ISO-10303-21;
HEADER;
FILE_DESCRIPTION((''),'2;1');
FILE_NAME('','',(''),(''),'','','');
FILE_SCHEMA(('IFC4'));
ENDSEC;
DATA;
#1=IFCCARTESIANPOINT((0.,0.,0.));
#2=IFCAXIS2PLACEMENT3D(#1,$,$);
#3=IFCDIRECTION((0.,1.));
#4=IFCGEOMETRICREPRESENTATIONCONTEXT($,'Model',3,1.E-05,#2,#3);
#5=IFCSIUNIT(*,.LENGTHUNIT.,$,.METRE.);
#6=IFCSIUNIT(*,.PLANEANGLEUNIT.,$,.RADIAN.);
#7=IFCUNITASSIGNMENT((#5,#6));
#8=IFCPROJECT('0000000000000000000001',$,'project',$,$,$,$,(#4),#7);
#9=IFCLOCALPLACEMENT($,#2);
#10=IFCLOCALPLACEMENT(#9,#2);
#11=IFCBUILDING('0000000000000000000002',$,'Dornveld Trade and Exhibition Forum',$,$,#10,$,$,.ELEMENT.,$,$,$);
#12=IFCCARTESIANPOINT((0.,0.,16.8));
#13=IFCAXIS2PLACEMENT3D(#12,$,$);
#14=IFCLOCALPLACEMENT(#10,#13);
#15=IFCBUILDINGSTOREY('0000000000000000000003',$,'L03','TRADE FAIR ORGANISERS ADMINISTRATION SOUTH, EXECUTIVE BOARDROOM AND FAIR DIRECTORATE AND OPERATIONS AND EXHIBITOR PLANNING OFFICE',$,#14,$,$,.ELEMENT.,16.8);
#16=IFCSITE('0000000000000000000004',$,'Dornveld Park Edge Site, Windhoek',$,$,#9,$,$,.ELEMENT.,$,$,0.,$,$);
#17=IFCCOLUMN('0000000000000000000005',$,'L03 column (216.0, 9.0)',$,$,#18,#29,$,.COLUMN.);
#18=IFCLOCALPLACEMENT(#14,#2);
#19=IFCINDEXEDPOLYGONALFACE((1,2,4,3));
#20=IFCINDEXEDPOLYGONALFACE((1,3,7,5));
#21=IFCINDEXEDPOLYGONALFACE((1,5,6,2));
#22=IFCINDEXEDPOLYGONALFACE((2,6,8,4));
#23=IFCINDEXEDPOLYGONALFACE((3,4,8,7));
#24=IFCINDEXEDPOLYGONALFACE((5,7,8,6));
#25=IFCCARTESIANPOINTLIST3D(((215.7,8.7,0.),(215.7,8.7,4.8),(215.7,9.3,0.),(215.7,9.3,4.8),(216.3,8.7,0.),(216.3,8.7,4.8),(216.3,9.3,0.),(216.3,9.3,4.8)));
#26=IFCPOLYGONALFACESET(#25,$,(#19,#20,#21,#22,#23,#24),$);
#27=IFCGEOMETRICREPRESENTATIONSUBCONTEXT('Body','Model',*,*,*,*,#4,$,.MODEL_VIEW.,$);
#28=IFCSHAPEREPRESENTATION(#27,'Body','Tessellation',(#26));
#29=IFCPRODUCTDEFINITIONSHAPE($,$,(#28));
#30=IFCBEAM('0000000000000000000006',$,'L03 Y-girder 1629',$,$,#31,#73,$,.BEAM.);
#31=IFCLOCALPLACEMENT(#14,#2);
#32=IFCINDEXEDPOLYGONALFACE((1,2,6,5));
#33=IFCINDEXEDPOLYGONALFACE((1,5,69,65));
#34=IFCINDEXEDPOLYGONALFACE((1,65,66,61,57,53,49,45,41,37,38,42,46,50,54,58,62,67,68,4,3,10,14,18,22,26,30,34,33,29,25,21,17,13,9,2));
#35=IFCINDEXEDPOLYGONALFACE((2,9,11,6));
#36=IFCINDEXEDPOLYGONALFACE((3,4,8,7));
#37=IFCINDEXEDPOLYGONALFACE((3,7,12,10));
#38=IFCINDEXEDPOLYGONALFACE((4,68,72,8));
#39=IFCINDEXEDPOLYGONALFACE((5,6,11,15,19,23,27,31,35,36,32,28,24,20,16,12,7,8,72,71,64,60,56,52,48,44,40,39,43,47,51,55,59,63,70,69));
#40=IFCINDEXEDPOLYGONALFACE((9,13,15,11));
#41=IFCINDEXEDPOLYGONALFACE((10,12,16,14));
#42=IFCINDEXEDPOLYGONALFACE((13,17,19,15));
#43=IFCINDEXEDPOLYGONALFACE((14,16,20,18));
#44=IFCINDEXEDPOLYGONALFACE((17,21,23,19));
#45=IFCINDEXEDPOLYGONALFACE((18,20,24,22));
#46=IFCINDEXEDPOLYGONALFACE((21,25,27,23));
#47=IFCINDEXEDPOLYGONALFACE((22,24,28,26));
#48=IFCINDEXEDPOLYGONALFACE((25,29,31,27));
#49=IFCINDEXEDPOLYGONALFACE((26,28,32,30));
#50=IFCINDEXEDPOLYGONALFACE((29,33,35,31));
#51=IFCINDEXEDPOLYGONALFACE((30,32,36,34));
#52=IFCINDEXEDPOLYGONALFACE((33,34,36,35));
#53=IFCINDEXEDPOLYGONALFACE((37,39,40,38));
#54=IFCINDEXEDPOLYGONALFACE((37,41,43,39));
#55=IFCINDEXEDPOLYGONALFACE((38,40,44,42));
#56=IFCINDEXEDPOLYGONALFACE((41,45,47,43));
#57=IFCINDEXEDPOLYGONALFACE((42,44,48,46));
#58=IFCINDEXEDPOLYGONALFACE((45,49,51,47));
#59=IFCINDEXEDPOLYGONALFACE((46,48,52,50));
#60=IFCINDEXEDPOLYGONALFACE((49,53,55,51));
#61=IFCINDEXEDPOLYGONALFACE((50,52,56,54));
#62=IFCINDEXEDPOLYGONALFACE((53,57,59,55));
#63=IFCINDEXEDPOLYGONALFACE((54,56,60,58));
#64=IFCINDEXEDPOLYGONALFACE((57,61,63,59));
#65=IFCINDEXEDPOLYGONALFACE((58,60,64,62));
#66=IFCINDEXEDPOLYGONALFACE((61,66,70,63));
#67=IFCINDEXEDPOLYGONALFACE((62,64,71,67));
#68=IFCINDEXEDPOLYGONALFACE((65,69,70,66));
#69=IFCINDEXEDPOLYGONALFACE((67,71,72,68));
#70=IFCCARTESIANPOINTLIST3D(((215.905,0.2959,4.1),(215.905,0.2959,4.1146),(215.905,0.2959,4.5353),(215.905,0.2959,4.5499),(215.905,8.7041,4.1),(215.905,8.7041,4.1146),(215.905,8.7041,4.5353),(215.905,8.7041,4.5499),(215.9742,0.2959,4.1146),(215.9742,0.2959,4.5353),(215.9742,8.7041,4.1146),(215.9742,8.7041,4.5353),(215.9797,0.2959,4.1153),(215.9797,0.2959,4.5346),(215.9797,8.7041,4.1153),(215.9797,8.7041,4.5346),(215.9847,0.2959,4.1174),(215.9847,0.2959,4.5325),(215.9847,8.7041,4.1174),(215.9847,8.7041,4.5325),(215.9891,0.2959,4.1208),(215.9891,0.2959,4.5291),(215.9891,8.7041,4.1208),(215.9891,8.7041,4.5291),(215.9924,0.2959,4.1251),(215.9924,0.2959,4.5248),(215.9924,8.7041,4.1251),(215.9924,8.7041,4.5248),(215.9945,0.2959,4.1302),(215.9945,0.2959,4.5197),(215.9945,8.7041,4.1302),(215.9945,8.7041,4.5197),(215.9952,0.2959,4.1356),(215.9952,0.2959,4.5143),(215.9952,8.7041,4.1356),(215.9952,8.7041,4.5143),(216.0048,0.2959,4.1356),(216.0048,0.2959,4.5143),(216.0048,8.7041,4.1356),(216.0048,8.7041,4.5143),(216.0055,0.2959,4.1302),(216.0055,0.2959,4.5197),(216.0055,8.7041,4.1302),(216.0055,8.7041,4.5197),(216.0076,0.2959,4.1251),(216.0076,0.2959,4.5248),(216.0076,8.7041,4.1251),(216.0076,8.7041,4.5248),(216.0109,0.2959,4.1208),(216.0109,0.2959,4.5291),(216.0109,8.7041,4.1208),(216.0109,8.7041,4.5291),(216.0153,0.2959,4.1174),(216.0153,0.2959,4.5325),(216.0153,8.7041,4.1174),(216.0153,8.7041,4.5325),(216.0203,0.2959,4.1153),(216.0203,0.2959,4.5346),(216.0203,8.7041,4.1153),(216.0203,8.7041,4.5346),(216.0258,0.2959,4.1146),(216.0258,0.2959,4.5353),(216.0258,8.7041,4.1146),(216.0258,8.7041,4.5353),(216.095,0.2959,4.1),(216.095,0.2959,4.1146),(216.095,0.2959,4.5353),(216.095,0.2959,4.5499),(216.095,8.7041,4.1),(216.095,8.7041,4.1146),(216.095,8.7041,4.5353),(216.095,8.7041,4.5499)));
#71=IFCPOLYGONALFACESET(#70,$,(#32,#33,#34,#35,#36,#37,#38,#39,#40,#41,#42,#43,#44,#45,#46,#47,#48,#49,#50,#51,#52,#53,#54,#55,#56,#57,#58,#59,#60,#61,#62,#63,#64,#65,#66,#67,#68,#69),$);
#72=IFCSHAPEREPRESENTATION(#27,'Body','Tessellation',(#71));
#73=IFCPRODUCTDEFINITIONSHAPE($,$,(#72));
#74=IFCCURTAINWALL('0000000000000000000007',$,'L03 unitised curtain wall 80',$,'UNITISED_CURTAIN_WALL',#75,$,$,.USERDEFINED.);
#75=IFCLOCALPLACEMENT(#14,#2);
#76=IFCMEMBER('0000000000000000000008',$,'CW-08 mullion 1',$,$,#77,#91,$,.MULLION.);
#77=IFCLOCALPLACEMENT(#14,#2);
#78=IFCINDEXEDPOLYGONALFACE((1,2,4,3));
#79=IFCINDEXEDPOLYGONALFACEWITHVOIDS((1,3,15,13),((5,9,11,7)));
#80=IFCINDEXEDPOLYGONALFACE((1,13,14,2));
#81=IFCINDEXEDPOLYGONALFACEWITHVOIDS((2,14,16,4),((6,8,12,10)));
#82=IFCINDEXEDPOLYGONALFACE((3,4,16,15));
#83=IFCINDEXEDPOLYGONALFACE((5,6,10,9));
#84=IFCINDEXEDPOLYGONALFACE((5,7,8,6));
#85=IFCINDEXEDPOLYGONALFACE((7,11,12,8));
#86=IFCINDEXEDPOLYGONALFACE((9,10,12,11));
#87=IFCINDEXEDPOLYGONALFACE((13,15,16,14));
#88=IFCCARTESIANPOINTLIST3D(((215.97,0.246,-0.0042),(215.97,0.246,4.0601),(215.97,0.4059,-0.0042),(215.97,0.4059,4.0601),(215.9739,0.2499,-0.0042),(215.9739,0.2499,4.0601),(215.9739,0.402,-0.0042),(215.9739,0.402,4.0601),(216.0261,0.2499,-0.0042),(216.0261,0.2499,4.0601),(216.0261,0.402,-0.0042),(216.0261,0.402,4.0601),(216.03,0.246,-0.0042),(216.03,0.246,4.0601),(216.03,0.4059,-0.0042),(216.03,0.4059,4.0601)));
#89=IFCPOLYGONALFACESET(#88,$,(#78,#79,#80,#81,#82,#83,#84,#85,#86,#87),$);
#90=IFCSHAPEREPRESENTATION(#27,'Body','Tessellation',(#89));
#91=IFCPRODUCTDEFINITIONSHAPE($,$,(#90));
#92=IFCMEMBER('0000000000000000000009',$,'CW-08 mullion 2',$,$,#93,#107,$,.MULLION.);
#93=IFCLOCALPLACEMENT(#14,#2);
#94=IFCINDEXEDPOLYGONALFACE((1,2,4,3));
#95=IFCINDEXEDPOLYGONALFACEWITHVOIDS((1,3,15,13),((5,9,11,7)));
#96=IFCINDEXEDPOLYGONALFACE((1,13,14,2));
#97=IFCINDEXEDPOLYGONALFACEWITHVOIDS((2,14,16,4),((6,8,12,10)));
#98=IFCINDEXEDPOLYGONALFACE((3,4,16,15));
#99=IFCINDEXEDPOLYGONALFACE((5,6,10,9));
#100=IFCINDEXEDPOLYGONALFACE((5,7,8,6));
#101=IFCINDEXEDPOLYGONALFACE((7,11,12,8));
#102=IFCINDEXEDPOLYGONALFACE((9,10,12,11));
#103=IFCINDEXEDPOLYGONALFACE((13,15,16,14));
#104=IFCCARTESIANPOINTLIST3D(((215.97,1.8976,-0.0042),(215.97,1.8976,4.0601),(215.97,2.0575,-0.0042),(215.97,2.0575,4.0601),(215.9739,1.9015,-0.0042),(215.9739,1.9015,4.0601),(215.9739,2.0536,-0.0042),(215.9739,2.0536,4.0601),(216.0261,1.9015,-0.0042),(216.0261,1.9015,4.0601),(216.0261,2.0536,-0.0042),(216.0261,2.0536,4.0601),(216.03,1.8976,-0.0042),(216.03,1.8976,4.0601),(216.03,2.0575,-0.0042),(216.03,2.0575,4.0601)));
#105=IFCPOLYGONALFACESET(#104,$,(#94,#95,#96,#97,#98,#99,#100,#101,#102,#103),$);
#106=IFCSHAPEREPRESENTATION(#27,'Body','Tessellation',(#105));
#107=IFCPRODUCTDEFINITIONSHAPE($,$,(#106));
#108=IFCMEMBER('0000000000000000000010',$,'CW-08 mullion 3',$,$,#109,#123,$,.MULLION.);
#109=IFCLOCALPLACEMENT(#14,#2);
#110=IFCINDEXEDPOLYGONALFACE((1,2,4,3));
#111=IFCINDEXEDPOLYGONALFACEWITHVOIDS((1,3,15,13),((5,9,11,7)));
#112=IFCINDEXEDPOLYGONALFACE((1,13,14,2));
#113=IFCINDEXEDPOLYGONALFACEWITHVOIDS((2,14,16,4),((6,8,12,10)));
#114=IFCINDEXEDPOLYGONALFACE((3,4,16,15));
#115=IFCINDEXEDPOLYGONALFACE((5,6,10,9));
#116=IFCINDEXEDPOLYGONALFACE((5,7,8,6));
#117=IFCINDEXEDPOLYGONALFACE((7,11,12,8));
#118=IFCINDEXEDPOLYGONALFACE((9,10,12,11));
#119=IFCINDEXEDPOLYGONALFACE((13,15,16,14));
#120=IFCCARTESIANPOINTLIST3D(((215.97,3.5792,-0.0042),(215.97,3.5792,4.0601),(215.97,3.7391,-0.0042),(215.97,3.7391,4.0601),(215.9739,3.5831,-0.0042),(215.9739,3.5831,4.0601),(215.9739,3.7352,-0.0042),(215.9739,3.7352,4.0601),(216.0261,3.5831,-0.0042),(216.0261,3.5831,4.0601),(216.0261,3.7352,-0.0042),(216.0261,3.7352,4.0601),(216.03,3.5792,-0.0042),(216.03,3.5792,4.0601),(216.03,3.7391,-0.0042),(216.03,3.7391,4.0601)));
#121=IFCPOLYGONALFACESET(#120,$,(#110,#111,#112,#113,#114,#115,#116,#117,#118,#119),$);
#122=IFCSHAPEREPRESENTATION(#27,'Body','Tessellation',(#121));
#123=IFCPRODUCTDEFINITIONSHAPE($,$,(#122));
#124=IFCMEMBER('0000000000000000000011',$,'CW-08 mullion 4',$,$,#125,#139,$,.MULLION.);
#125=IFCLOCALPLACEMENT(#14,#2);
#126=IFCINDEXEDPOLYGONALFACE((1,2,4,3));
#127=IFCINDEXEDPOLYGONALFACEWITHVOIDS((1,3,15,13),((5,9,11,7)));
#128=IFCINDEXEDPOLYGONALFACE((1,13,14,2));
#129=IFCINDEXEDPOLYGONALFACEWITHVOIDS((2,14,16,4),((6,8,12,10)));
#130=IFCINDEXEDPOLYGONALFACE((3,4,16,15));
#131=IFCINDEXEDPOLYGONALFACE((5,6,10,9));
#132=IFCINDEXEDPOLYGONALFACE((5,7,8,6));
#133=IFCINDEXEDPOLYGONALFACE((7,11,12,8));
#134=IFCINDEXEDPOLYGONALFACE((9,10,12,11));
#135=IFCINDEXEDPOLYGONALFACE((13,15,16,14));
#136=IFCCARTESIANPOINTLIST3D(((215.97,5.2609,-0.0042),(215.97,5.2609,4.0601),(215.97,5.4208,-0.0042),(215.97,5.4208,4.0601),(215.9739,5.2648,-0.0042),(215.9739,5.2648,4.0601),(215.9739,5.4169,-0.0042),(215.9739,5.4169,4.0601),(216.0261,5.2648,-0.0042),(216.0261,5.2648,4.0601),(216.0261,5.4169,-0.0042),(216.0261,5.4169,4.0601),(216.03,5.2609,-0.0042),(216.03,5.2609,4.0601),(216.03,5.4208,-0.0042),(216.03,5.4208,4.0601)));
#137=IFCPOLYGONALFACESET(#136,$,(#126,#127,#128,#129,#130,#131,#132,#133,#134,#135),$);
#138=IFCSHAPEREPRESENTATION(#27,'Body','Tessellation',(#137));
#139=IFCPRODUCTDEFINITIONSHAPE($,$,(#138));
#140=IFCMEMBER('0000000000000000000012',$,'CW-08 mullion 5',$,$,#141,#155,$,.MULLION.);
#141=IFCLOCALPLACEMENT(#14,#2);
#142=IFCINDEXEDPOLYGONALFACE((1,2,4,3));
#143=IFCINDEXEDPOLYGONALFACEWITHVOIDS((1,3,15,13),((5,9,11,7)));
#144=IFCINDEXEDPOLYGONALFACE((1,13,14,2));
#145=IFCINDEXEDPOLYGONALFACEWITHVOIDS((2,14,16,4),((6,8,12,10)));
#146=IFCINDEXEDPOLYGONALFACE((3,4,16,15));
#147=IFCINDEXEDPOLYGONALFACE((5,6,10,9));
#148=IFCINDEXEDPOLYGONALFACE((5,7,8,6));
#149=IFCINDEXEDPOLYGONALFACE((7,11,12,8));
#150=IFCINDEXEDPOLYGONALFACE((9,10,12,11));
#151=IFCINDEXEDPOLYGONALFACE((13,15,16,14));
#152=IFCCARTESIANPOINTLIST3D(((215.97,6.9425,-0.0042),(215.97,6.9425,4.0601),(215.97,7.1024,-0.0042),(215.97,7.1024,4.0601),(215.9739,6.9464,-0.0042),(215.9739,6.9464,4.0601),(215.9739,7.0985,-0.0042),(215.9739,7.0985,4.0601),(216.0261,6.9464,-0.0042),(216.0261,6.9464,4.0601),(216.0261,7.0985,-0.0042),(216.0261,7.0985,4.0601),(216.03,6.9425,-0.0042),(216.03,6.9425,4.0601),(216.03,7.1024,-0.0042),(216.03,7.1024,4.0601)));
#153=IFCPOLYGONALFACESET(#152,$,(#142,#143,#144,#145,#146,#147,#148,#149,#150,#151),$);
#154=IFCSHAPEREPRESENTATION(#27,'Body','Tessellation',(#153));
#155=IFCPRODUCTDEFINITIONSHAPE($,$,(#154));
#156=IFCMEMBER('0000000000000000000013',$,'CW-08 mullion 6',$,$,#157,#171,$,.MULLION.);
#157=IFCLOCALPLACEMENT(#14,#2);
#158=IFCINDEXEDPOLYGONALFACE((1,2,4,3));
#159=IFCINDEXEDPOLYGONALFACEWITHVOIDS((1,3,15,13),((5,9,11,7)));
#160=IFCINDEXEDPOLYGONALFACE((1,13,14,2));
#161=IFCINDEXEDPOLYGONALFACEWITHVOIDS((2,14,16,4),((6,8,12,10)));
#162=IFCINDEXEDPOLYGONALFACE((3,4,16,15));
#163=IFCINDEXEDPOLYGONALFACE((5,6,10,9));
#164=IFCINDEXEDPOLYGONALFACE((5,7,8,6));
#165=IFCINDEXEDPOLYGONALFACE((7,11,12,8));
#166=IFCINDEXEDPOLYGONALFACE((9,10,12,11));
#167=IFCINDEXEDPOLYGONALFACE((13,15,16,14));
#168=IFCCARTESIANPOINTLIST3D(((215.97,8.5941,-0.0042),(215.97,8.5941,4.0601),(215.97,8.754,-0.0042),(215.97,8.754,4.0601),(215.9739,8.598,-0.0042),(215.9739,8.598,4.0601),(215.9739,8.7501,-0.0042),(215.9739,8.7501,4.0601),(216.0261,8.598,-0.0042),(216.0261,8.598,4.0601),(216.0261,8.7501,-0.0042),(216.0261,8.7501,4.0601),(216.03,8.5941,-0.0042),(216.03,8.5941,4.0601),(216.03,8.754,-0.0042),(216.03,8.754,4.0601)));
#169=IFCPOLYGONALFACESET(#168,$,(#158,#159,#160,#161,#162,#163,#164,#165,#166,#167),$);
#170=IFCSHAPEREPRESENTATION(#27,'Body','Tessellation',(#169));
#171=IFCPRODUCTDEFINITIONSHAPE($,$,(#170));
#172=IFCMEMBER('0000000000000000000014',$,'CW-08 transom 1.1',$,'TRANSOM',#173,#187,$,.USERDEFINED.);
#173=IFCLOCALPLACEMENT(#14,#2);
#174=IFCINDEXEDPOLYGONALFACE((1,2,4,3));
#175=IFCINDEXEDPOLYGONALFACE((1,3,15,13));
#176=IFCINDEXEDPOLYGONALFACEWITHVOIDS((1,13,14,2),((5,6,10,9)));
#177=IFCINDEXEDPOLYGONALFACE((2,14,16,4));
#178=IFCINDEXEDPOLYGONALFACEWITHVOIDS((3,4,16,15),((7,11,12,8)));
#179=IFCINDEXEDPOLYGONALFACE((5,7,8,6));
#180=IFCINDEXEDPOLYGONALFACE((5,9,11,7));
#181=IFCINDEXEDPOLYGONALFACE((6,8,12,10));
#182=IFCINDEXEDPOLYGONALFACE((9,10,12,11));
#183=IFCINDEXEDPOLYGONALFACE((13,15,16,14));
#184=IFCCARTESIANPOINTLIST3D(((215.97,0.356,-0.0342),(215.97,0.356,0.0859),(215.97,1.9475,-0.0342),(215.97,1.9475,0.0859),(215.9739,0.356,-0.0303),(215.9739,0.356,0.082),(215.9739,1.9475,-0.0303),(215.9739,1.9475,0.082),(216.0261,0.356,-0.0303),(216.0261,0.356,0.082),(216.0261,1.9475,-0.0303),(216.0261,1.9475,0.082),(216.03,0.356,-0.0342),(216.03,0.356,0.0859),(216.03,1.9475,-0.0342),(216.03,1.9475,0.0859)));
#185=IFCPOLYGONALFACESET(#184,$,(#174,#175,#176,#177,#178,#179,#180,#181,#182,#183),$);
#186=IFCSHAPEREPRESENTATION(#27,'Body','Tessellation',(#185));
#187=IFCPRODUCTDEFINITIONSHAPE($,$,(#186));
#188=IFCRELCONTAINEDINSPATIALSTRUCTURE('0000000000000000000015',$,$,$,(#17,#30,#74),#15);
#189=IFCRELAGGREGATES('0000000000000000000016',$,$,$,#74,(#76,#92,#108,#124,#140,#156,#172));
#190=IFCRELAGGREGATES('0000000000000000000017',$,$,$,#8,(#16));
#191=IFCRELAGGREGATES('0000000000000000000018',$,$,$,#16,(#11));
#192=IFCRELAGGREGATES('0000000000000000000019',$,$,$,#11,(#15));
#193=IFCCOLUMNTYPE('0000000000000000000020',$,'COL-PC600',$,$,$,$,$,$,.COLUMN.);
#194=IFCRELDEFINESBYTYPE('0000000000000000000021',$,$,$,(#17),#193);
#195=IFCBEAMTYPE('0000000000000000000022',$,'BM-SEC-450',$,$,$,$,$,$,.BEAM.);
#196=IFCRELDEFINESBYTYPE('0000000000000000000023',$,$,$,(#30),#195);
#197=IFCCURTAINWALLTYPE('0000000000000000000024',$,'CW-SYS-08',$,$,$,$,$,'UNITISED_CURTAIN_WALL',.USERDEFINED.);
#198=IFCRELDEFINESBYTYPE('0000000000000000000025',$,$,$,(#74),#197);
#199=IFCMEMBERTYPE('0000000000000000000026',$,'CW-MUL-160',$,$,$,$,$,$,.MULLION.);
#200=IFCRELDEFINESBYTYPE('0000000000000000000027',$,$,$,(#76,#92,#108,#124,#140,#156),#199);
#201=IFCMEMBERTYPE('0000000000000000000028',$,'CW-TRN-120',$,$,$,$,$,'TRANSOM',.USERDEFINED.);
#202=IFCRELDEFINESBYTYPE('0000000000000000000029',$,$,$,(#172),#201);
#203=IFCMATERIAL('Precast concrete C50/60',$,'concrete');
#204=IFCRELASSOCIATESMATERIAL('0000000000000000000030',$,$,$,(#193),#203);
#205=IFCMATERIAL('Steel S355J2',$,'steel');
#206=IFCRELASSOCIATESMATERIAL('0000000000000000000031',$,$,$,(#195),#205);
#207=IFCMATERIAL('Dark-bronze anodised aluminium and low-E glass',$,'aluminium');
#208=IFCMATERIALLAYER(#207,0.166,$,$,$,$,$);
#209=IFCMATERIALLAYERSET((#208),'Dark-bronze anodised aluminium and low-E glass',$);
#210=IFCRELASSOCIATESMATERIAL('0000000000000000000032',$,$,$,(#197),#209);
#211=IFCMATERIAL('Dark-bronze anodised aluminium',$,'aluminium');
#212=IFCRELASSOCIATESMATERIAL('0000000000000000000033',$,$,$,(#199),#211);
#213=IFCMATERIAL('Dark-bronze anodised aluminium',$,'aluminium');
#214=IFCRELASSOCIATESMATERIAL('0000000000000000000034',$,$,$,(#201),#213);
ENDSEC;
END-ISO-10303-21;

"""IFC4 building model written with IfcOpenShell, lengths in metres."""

from ifc_helpers import new_model, si_unit, direction, frame, origin, origin_2d, place, context, subcontext, project, spatial, rectangle, hollow_rectangle, i_section, extrude, material, layer, layer_set, material_profile, profile_set, type_object, element, aggregate, save


model = new_model("IFC4")

# Units and contexts
model_context = context("Model", 3, precision=1e-05, world=origin(), true_north=direction((0.0, 1.0)))
body_context = subcontext(model_context, "Body", "Model", "MODEL_VIEW")
ifc_project = project(units=[si_unit("LENGTHUNIT", "METRE"), si_unit("PLANEANGLEUNIT", "RADIAN")], contexts=[model_context])

# Site, building, storey
site_placement = place(None, origin())
site = spatial("IfcSite", under=ifc_project, at=site_placement, Name="Dornveld Park Edge Site, Windhoek", CompositionType="ELEMENT", RefElevation=0.0)
building_placement = place(site_placement, origin())
building = spatial("IfcBuilding", under=site, at=building_placement, Name="Dornveld Trade and Exhibition Forum", CompositionType="ELEMENT")
storey_placement = place(building_placement, frame((0.0, 0.0, 16.8)))
storey = spatial("IfcBuildingStorey", under=building, at=storey_placement, Name="L03", Description="TRADE FAIR ORGANISERS ADMINISTRATION SOUTH, EXECUTIVE BOARDROOM AND FAIR DIRECTORATE AND OPERATIONS AND EXHIBITOR PLANNING OFFICE", CompositionType="ELEMENT", Elevation=16.8)

# Column
ifc_material_1 = material(Name="Precast concrete C50/60", Category="concrete")
ifc_material_profile_1 = material_profile(ifc_material_1, rectangle(XDim=0.6001, YDim=0.6001, at=origin_2d()), Name="PC-COL 600x600")
ifc_profile_set_1 = profile_set([ifc_material_profile_1], Name="Precast concrete C50/60")
column_type = type_object("IfcColumnType", Name="COL-PC600", PredefinedType="COLUMN", material=ifc_profile_set_1)
column_placement = place(storey_placement, frame((216.0, 9.0, 0.0), z_axis=(0.0, 0.0, 1.0), x_axis=(1.0, 0.0, 0.0)))
element("IfcColumn", 1, at=column_placement, inside=storey, type_object=column_type, Name="L03 column (216.0, 9.0)", PredefinedType="COLUMN", context=body_context, shape_type="SweptSolid", body=[
    extrude(rectangle(XDim=0.6001, YDim=0.6001, at=origin_2d()), origin(), (0.0, 0.0, 1.0), 4.8),
])

# Beam
ifc_material_2 = material(Name="Steel S355J2", Category="steel")
ifc_material_profile_2 = material_profile(ifc_material_2, i_section(OverallWidth=0.1899, OverallDepth=0.45, WebThickness=0.0095, FlangeThickness=0.0146, FilletRadius=0.021, at=origin_2d()), Name="IPE 450")
ifc_profile_set_2 = profile_set([ifc_material_profile_2], Name="Steel S355J2")
beam_type = type_object("IfcBeamType", Name="BM-SEC-450", PredefinedType="BEAM", material=ifc_profile_set_2)
beam_placement = place(storey_placement, frame((216.0, 0.2959, 4.325), z_axis=(0.0, 1.0, 0.0), x_axis=(-1.0, 0.0, 0.0)))
element("IfcBeam", 2, at=beam_placement, inside=storey, type_object=beam_type, Name="L03 Y-girder 1629", PredefinedType="BEAM", context=body_context, shape_type="SweptSolid", body=[
    extrude(i_section(OverallWidth=0.1899, OverallDepth=0.45, WebThickness=0.0095, FlangeThickness=0.0146, FilletRadius=0.021, at=origin_2d()), origin(), (0.0, 0.0, 1.0), 8.4082),
])

# Curtain wall, members
ifc_material_3 = material(Name="Dark-bronze anodised aluminium and low-E glass", Category="aluminium")
ifc_layer_1 = layer(ifc_material_3, 0.166)
ifc_layer_set_1 = layer_set([ifc_layer_1], Name="Dark-bronze anodised aluminium and low-E glass")
curtain_wall_type = type_object("IfcCurtainWallType", Name="CW-SYS-08", ElementType="UNITISED_CURTAIN_WALL", PredefinedType="USERDEFINED", material=ifc_layer_set_1)
curtain_wall_placement = place(storey_placement, origin())
curtain_wall = element("IfcCurtainWall", 3, at=curtain_wall_placement, inside=storey, type_object=curtain_wall_type, Name="L03 unitised curtain wall 80", ObjectType="UNITISED_CURTAIN_WALL", PredefinedType="USERDEFINED")
ifc_material_4 = material(Name="Dark-bronze anodised aluminium", Category="aluminium")
ifc_material_profile_3 = material_profile(ifc_material_4, hollow_rectangle(XDim=0.0601, YDim=0.1599, WallThickness=0.0039, at=origin_2d()), Name="RHS 160x60x4")
ifc_profile_set_3 = profile_set([ifc_material_profile_3], Name="Dark-bronze anodised aluminium")
member_type_1 = type_object("IfcMemberType", Name="CW-MUL-160", PredefinedType="MULLION", material=ifc_profile_set_3)
member_1_placement = place(storey_placement, frame((216.0, 0.3259, -0.0042), z_axis=(0.0, 0.0, 1.0), x_axis=(-1.0, 0.0, 0.0)))
member_1 = element("IfcMember", 4, at=member_1_placement, type_object=member_type_1, Name="CW-08 mullion 1", PredefinedType="MULLION", context=body_context, shape_type="SweptSolid", body=[
    extrude(hollow_rectangle(XDim=0.0601, YDim=0.1599, WallThickness=0.0039, at=origin_2d()), origin(), (0.0, 0.0, 1.0), 4.0642),
])
member_2_placement = place(storey_placement, frame((216.0, 1.9775, -0.0042), z_axis=(0.0, 0.0, 1.0), x_axis=(-1.0, 0.0, 0.0)))
member_2 = element("IfcMember", 5, at=member_2_placement, type_object=member_type_1, Name="CW-08 mullion 2", PredefinedType="MULLION", context=body_context, shape_type="SweptSolid", body=[
    extrude(hollow_rectangle(XDim=0.0601, YDim=0.1599, WallThickness=0.0039, at=origin_2d()), origin(), (0.0, 0.0, 1.0), 4.0642),
])
member_3_placement = place(storey_placement, frame((216.0, 3.6592, -0.0042), z_axis=(0.0, 0.0, 1.0), x_axis=(-1.0, 0.0, 0.0)))
member_3 = element("IfcMember", 6, at=member_3_placement, type_object=member_type_1, Name="CW-08 mullion 3", PredefinedType="MULLION", context=body_context, shape_type="SweptSolid", body=[
    extrude(hollow_rectangle(XDim=0.0601, YDim=0.1599, WallThickness=0.0039, at=origin_2d()), origin(), (0.0, 0.0, 1.0), 4.0642),
])
member_4_placement = place(storey_placement, frame((216.0, 5.3408, -0.0042), z_axis=(0.0, 0.0, 1.0), x_axis=(-1.0, 0.0, 0.0)))
member_4 = element("IfcMember", 7, at=member_4_placement, type_object=member_type_1, Name="CW-08 mullion 4", PredefinedType="MULLION", context=body_context, shape_type="SweptSolid", body=[
    extrude(hollow_rectangle(XDim=0.0601, YDim=0.1599, WallThickness=0.0039, at=origin_2d()), origin(), (0.0, 0.0, 1.0), 4.0642),
])
member_5_placement = place(storey_placement, frame((216.0, 7.0225, -0.0042), z_axis=(0.0, 0.0, 1.0), x_axis=(-1.0, 0.0, 0.0)))
member_5 = element("IfcMember", 8, at=member_5_placement, type_object=member_type_1, Name="CW-08 mullion 5", PredefinedType="MULLION", context=body_context, shape_type="SweptSolid", body=[
    extrude(hollow_rectangle(XDim=0.0601, YDim=0.1599, WallThickness=0.0039, at=origin_2d()), origin(), (0.0, 0.0, 1.0), 4.0642),
])
member_6_placement = place(storey_placement, frame((216.0, 8.6741, -0.0042), z_axis=(0.0, 0.0, 1.0), x_axis=(-1.0, 0.0, 0.0)))
member_6 = element("IfcMember", 9, at=member_6_placement, type_object=member_type_1, Name="CW-08 mullion 6", PredefinedType="MULLION", context=body_context, shape_type="SweptSolid", body=[
    extrude(hollow_rectangle(XDim=0.0601, YDim=0.1599, WallThickness=0.0039, at=origin_2d()), origin(), (0.0, 0.0, 1.0), 4.0642),
])
ifc_material_5 = material(Name="Dark-bronze anodised aluminium", Category="aluminium")
ifc_material_profile_4 = material_profile(ifc_material_5, hollow_rectangle(XDim=0.0601, YDim=0.1201, WallThickness=0.0039, at=origin_2d()), Name="RHS 120x60x4")
ifc_profile_set_4 = profile_set([ifc_material_profile_4], Name="Dark-bronze anodised aluminium")
member_type_2 = type_object("IfcMemberType", Name="CW-TRN-120", ElementType="TRANSOM", PredefinedType="USERDEFINED", material=ifc_profile_set_4)
member_7_placement = place(storey_placement, frame((216.0, 0.356, 0.0259), z_axis=(0.0, 1.0, 0.0), x_axis=(-1.0, 0.0, 0.0)))
member_7 = element("IfcMember", 10, at=member_7_placement, type_object=member_type_2, Name="CW-08 transom 1.1", ObjectType="TRANSOM", PredefinedType="USERDEFINED", context=body_context, shape_type="SweptSolid", body=[
    extrude(hollow_rectangle(XDim=0.0601, YDim=0.1201, WallThickness=0.0039, at=origin_2d()), origin(), (0.0, 0.0, 1.0), 1.5916),
])
aggregate(curtain_wall, [member_1, member_2, member_3, member_4, member_5, member_6, member_7])

save(model, "model.ifc")
